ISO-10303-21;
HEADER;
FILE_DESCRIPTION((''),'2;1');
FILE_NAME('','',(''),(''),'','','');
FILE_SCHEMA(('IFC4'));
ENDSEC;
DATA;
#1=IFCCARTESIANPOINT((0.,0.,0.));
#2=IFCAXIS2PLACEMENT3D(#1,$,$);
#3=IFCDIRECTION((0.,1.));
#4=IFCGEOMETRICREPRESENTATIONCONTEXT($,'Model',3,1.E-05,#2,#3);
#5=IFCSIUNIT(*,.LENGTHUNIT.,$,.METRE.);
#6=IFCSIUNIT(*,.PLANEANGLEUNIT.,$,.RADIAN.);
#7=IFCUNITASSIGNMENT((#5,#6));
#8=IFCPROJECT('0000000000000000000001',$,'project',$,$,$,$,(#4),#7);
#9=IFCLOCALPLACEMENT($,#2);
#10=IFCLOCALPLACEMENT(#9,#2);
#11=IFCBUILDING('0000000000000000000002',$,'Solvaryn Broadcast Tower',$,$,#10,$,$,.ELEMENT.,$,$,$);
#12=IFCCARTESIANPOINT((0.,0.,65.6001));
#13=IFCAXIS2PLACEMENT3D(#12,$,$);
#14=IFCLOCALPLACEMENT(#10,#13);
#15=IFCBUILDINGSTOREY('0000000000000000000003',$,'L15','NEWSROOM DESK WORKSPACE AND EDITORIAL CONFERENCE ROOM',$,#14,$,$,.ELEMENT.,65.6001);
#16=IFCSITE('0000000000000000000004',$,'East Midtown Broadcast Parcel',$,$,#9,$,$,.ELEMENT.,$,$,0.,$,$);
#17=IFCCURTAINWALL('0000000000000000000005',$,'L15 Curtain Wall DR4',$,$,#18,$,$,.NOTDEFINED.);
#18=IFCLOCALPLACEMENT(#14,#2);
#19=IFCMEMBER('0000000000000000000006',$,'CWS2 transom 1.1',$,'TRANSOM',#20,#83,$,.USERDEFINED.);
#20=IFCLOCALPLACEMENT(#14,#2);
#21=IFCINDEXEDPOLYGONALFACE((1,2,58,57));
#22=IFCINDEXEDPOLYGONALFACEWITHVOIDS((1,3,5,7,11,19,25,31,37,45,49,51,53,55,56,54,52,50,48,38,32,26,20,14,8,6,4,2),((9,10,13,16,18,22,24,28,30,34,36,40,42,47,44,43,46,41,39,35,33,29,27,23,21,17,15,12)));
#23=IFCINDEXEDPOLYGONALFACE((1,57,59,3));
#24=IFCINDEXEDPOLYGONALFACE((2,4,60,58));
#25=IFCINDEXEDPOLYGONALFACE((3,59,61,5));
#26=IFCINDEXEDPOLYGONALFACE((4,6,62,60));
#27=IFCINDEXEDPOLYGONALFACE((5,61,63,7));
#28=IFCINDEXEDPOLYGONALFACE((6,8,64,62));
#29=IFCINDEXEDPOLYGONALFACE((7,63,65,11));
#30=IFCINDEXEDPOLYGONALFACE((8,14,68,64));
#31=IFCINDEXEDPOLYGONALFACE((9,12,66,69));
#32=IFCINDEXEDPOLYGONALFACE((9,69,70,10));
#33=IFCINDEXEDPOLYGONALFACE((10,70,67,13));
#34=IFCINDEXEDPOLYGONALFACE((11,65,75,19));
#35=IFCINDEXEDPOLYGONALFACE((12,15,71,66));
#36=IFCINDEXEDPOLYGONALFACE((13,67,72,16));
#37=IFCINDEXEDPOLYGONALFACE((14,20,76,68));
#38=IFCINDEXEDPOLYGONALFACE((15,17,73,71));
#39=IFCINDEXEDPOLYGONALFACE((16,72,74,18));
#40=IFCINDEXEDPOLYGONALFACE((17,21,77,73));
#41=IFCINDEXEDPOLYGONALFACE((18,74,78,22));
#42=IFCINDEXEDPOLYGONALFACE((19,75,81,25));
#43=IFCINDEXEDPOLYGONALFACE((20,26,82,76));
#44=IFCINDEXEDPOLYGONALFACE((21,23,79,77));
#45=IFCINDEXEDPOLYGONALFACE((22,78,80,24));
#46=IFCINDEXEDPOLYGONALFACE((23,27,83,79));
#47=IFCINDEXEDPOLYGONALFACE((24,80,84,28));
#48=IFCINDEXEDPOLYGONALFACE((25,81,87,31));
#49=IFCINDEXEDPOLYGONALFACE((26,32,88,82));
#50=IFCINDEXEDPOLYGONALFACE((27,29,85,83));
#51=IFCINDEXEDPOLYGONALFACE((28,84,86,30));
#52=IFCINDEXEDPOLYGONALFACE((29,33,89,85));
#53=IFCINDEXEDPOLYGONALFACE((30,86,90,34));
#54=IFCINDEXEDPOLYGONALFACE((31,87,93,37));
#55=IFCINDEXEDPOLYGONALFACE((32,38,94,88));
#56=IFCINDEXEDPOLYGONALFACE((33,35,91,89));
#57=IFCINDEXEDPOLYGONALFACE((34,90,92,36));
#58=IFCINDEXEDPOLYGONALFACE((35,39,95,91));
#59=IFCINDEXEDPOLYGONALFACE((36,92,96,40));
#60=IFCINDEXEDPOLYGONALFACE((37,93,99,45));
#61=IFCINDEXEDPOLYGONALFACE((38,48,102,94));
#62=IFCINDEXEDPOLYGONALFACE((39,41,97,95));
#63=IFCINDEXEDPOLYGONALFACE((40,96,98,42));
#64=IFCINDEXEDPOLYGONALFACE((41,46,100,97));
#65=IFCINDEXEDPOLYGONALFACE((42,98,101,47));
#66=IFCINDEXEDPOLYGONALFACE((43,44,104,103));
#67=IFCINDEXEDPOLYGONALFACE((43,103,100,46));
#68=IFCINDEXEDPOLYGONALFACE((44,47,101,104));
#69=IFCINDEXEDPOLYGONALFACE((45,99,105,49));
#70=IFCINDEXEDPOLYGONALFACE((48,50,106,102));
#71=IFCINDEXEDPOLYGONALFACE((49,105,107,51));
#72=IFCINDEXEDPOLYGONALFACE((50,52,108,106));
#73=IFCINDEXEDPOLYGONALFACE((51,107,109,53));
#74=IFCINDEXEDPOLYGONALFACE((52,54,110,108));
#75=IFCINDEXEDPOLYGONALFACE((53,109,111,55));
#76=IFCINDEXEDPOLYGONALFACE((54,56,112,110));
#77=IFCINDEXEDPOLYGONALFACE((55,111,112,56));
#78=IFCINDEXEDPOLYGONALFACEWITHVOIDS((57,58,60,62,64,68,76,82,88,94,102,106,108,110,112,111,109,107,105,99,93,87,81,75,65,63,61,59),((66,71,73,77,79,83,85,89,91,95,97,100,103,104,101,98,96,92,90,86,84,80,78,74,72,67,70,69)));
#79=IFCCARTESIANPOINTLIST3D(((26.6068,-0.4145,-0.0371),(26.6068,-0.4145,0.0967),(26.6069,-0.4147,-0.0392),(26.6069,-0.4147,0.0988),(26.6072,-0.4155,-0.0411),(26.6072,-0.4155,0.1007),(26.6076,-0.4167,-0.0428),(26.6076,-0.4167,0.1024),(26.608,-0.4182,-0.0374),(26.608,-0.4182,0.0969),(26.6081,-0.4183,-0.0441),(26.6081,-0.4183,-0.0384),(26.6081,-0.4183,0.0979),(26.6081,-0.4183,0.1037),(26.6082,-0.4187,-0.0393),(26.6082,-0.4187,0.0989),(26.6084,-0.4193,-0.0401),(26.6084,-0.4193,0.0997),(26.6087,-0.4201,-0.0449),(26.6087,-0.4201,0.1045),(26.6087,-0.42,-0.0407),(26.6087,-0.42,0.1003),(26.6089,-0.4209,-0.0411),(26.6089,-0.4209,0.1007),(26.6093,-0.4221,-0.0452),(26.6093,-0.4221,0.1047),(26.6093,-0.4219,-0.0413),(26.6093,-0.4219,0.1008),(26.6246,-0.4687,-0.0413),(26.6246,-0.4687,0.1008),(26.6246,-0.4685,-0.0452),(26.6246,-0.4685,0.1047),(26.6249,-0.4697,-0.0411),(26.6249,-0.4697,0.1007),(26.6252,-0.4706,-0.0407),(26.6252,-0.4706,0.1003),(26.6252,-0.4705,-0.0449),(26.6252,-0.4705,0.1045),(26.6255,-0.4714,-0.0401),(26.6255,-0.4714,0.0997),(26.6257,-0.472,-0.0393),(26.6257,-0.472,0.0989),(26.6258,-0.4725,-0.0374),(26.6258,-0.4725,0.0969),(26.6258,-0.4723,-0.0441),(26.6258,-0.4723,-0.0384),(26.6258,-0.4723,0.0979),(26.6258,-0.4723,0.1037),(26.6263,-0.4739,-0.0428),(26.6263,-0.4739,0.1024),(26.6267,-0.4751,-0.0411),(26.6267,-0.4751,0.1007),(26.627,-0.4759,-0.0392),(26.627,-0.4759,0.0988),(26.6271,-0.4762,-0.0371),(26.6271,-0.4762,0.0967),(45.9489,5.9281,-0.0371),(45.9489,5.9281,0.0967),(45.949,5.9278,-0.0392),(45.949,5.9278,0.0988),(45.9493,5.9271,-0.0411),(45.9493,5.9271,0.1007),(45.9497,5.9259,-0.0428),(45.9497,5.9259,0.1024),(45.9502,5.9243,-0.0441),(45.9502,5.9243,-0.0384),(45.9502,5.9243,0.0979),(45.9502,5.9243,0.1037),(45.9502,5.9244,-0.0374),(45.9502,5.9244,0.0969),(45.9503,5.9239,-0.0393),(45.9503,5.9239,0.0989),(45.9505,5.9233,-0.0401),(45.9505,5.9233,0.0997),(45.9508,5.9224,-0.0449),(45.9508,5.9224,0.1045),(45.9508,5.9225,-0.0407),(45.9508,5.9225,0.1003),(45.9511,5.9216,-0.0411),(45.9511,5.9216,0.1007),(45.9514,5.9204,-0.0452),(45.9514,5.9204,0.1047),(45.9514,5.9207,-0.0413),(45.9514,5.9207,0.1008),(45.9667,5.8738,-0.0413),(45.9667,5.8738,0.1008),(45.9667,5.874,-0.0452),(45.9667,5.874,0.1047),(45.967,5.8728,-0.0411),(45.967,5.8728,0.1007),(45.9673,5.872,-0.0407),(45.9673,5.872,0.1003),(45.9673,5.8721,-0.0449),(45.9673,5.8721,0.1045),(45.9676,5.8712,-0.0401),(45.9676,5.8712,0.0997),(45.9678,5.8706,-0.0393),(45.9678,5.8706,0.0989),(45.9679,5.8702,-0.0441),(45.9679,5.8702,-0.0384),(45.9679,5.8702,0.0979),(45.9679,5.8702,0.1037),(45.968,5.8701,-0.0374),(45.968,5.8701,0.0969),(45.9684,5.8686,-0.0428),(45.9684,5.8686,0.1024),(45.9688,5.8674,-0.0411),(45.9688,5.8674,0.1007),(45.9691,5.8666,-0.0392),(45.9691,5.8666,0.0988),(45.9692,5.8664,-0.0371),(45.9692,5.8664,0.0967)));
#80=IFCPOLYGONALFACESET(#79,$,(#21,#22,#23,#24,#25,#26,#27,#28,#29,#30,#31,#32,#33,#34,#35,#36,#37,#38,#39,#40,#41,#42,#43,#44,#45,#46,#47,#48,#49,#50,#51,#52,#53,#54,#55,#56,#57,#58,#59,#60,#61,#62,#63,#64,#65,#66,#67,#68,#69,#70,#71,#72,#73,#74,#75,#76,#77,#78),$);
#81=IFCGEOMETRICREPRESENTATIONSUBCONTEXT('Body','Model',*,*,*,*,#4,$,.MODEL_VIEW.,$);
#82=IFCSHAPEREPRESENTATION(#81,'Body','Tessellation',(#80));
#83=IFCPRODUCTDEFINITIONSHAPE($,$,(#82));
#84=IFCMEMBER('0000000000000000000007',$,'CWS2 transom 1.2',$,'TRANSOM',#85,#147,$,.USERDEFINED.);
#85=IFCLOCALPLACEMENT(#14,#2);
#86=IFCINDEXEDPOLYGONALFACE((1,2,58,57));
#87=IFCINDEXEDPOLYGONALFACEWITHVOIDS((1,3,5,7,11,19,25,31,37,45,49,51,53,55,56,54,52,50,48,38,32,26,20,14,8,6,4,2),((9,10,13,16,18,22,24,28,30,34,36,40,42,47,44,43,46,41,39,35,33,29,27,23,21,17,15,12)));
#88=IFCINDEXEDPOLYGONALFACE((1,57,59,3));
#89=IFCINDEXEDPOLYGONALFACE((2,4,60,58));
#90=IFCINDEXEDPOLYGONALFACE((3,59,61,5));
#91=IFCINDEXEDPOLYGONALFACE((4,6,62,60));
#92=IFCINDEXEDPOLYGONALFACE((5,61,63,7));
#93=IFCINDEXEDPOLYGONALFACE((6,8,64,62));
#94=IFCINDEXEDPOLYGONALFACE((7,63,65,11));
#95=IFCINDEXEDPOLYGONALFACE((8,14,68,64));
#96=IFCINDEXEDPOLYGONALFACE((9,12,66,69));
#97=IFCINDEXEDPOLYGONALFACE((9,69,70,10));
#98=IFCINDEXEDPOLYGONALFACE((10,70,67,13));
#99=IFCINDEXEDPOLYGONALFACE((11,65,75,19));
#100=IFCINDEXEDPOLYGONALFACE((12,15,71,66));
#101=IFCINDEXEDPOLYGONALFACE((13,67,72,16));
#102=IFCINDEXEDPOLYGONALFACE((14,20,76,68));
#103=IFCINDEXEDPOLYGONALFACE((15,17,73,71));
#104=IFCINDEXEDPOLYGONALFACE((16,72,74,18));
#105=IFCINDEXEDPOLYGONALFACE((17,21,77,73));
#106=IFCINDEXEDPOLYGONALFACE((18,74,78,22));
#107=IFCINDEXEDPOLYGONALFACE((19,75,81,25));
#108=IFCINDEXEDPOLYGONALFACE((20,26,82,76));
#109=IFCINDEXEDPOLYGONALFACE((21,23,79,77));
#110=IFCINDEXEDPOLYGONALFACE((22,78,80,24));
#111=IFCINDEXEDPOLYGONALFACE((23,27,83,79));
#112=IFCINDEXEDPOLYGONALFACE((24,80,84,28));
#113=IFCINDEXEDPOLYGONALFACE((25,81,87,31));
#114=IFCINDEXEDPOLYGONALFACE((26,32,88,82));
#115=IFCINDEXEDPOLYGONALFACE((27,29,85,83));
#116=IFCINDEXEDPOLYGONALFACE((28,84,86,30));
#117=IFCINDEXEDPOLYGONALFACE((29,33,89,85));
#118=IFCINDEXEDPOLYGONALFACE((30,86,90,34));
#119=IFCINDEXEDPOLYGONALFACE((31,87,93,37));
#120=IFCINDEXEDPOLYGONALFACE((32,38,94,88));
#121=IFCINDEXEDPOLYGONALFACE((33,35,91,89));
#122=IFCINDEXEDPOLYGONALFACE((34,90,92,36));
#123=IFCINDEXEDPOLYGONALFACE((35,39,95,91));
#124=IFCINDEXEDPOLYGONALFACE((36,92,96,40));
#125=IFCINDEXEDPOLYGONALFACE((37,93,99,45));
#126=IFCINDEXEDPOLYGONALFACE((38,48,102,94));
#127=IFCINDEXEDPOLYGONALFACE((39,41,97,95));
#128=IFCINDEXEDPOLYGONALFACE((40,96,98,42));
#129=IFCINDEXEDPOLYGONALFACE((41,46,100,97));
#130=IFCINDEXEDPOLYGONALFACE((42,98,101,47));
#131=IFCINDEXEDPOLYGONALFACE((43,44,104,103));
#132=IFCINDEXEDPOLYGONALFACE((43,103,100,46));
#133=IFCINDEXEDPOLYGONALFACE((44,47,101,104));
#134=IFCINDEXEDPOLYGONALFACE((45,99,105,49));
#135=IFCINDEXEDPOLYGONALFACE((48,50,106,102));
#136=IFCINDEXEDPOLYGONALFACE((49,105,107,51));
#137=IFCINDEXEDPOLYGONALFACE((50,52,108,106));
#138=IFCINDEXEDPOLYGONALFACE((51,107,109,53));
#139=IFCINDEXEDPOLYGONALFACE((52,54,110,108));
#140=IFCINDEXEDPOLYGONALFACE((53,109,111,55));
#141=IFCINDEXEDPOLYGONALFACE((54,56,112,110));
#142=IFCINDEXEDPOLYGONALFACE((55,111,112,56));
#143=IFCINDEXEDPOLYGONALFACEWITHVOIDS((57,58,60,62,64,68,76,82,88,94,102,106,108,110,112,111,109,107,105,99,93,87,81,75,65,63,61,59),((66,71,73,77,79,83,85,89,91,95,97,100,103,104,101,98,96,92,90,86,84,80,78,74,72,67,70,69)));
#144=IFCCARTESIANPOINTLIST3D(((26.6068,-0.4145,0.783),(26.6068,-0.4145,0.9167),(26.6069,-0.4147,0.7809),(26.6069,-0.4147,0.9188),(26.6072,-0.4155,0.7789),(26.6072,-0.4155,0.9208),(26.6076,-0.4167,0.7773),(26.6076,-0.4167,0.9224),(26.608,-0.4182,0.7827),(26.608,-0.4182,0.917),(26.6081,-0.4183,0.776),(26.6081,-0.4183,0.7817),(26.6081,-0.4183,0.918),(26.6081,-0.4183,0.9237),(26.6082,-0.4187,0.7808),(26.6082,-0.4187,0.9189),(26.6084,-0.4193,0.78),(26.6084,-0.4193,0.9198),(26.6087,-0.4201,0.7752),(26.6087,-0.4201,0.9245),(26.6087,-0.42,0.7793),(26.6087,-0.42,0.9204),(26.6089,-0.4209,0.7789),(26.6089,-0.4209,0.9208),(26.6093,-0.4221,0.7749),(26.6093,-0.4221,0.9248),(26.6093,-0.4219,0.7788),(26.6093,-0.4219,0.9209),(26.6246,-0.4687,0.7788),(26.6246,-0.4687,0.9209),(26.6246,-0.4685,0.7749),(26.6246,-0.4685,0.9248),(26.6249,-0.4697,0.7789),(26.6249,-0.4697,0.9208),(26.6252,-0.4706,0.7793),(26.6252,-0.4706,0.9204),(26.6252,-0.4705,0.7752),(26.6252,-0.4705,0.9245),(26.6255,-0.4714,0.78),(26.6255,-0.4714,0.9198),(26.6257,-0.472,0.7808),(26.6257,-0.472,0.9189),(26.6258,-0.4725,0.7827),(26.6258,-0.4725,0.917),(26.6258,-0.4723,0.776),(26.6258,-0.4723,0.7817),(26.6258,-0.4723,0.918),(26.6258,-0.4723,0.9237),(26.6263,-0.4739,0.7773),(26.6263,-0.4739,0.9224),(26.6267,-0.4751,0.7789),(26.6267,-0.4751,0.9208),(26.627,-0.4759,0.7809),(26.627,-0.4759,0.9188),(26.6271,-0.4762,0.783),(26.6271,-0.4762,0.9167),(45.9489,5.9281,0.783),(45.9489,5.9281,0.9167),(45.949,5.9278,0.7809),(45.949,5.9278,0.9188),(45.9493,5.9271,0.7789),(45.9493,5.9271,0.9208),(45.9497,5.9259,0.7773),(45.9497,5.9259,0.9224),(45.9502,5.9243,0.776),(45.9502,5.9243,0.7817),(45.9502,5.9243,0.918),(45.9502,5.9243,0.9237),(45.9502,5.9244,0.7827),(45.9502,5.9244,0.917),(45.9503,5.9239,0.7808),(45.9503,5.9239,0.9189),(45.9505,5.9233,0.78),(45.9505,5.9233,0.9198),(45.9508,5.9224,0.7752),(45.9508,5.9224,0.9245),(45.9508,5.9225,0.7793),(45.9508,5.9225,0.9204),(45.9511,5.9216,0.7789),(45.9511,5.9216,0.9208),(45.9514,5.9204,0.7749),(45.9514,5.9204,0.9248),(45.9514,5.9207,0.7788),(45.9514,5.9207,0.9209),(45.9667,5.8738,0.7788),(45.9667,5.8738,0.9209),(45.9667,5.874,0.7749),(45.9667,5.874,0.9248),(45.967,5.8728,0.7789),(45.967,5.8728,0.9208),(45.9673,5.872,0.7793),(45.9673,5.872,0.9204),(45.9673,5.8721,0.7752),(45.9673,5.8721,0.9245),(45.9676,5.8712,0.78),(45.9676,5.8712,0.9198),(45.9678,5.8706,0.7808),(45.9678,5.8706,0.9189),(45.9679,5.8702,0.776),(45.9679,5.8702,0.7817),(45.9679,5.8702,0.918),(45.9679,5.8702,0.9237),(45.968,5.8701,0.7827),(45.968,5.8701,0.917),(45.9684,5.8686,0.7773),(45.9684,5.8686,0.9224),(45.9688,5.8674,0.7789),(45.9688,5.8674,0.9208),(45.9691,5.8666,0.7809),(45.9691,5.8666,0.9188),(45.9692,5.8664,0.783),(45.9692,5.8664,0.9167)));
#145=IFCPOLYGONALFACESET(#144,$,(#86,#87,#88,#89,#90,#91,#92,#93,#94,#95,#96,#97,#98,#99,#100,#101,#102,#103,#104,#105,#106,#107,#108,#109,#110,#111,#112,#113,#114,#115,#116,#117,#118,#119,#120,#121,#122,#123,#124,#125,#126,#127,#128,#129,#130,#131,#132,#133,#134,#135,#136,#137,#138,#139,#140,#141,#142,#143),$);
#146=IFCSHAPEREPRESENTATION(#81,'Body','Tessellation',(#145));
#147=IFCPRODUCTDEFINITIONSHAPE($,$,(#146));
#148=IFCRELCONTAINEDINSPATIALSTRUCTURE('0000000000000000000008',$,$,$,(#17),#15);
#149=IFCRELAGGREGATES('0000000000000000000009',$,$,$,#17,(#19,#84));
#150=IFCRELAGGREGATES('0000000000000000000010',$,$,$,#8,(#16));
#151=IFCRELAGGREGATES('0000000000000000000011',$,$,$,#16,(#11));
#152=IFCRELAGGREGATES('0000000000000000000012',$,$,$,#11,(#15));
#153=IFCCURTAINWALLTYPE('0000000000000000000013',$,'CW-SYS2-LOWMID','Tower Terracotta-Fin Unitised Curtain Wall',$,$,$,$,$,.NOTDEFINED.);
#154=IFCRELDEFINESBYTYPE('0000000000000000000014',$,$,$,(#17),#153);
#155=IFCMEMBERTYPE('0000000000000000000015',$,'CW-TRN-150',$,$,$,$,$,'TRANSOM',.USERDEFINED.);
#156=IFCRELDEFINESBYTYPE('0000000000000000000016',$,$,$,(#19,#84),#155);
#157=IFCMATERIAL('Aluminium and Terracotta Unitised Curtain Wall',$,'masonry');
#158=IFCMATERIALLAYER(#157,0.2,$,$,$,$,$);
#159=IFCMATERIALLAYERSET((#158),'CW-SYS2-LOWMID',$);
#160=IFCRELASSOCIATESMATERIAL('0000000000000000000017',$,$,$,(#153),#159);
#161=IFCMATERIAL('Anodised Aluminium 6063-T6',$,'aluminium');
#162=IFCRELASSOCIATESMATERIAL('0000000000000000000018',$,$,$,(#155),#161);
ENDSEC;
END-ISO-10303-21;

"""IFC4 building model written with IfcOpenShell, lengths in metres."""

from ifc_helpers import new_model, si_unit, direction, frame, origin, origin_2d, place, context, subcontext, project, spatial, hollow_rectangle, extrude, material, layer, layer_set, material_profile, profile_set, type_object, element, aggregate, save


model = new_model("IFC4")

# Units and contexts
model_context = context("Model", 3, precision=1e-05, world=origin(), true_north=direction((0.0, 1.0)))
body_context = subcontext(model_context, "Body", "Model", "MODEL_VIEW")
ifc_project = project(units=[si_unit("LENGTHUNIT", "METRE"), si_unit("PLANEANGLEUNIT", "RADIAN")], contexts=[model_context])

# Site, building, storey
site_placement = place(None, origin())
site = spatial("IfcSite", under=ifc_project, at=site_placement, Name="East Midtown Broadcast Parcel", CompositionType="ELEMENT", RefElevation=0.0)
building_placement = place(site_placement, origin())
building = spatial("IfcBuilding", under=site, at=building_placement, Name="Solvaryn Broadcast Tower", CompositionType="ELEMENT")
storey_placement = place(building_placement, frame((0.0, 0.0, 65.6001)))
storey = spatial("IfcBuildingStorey", under=building, at=storey_placement, Name="L15", Description="NEWSROOM DESK WORKSPACE AND EDITORIAL CONFERENCE ROOM", CompositionType="ELEMENT", Elevation=65.6001)

# Shared definitions
ifc_material_1 = material(Name="Aluminium and Terracotta Unitised Curtain Wall", Category="masonry")
ifc_layer_1 = layer(ifc_material_1, 0.2)
ifc_layer_set_1 = layer_set([ifc_layer_1], Name="CW-SYS2-LOWMID")
curtain_wall_type = type_object("IfcCurtainWallType", Name="CW-SYS2-LOWMID", Description="Tower Terracotta-Fin Unitised Curtain Wall", PredefinedType="NOTDEFINED", material=ifc_layer_set_1)

# Curtain wall, members
curtain_wall_1_placement = place(storey_placement, origin())
curtain_wall_1 = element("IfcCurtainWall", 1, at=curtain_wall_1_placement, inside=storey, type_object=curtain_wall_type, Name="L15 Curtain Wall DR4", PredefinedType="NOTDEFINED")
ifc_material_2 = material(Name="Anodised Aluminium 6063-T6", Category="aluminium")
ifc_material_profile_1 = material_profile(ifc_material_2, hollow_rectangle(XDim=0.0649, YDim=0.1499, WallThickness=0.0039, InnerFilletRadius=0.0039, OuterFilletRadius=0.0081, at=origin_2d()))
ifc_profile_set_1 = profile_set([ifc_material_profile_1], Name="Anodised Aluminium 6063-T6")
member_type_1 = type_object("IfcMemberType", Name="CW-TRN-150", ElementType="TRANSOM", PredefinedType="USERDEFINED", material=ifc_profile_set_1)
member_1_placement = place(storey_placement, frame((26.6169, -0.4453, 0.0298), z_axis=(0.950217, 0.31159, 0.0), x_axis=(-0.31159, 0.950217, 0.0)))
member_1 = element("IfcMember", 2, at=member_1_placement, type_object=member_type_1, Name="CWS2 transom 1.1", ObjectType="TRANSOM", PredefinedType="USERDEFINED", context=body_context, shape_type="SweptSolid", body=[
    extrude(hollow_rectangle(XDim=0.0649, YDim=0.1499, WallThickness=0.0039, InnerFilletRadius=0.0039, OuterFilletRadius=0.0081, at=origin_2d()), origin(), (0.0, 0.0, 1.0), 20.3555),
])
member_2_placement = place(storey_placement, frame((26.6169, -0.4453, 0.8499), z_axis=(0.950217, 0.31159, 0.0), x_axis=(-0.31159, 0.950217, 0.0)))
member_2 = element("IfcMember", 3, at=member_2_placement, type_object=member_type_1, Name="CWS2 transom 1.2", ObjectType="TRANSOM", PredefinedType="USERDEFINED", context=body_context, shape_type="SweptSolid", body=[
    extrude(hollow_rectangle(XDim=0.0649, YDim=0.1499, WallThickness=0.0039, InnerFilletRadius=0.0039, OuterFilletRadius=0.0081, at=origin_2d()), origin(), (0.0, 0.0, 1.0), 20.3555),
])
aggregate(curtain_wall_1, [member_1, member_2])

save(model, "model.ifc")
